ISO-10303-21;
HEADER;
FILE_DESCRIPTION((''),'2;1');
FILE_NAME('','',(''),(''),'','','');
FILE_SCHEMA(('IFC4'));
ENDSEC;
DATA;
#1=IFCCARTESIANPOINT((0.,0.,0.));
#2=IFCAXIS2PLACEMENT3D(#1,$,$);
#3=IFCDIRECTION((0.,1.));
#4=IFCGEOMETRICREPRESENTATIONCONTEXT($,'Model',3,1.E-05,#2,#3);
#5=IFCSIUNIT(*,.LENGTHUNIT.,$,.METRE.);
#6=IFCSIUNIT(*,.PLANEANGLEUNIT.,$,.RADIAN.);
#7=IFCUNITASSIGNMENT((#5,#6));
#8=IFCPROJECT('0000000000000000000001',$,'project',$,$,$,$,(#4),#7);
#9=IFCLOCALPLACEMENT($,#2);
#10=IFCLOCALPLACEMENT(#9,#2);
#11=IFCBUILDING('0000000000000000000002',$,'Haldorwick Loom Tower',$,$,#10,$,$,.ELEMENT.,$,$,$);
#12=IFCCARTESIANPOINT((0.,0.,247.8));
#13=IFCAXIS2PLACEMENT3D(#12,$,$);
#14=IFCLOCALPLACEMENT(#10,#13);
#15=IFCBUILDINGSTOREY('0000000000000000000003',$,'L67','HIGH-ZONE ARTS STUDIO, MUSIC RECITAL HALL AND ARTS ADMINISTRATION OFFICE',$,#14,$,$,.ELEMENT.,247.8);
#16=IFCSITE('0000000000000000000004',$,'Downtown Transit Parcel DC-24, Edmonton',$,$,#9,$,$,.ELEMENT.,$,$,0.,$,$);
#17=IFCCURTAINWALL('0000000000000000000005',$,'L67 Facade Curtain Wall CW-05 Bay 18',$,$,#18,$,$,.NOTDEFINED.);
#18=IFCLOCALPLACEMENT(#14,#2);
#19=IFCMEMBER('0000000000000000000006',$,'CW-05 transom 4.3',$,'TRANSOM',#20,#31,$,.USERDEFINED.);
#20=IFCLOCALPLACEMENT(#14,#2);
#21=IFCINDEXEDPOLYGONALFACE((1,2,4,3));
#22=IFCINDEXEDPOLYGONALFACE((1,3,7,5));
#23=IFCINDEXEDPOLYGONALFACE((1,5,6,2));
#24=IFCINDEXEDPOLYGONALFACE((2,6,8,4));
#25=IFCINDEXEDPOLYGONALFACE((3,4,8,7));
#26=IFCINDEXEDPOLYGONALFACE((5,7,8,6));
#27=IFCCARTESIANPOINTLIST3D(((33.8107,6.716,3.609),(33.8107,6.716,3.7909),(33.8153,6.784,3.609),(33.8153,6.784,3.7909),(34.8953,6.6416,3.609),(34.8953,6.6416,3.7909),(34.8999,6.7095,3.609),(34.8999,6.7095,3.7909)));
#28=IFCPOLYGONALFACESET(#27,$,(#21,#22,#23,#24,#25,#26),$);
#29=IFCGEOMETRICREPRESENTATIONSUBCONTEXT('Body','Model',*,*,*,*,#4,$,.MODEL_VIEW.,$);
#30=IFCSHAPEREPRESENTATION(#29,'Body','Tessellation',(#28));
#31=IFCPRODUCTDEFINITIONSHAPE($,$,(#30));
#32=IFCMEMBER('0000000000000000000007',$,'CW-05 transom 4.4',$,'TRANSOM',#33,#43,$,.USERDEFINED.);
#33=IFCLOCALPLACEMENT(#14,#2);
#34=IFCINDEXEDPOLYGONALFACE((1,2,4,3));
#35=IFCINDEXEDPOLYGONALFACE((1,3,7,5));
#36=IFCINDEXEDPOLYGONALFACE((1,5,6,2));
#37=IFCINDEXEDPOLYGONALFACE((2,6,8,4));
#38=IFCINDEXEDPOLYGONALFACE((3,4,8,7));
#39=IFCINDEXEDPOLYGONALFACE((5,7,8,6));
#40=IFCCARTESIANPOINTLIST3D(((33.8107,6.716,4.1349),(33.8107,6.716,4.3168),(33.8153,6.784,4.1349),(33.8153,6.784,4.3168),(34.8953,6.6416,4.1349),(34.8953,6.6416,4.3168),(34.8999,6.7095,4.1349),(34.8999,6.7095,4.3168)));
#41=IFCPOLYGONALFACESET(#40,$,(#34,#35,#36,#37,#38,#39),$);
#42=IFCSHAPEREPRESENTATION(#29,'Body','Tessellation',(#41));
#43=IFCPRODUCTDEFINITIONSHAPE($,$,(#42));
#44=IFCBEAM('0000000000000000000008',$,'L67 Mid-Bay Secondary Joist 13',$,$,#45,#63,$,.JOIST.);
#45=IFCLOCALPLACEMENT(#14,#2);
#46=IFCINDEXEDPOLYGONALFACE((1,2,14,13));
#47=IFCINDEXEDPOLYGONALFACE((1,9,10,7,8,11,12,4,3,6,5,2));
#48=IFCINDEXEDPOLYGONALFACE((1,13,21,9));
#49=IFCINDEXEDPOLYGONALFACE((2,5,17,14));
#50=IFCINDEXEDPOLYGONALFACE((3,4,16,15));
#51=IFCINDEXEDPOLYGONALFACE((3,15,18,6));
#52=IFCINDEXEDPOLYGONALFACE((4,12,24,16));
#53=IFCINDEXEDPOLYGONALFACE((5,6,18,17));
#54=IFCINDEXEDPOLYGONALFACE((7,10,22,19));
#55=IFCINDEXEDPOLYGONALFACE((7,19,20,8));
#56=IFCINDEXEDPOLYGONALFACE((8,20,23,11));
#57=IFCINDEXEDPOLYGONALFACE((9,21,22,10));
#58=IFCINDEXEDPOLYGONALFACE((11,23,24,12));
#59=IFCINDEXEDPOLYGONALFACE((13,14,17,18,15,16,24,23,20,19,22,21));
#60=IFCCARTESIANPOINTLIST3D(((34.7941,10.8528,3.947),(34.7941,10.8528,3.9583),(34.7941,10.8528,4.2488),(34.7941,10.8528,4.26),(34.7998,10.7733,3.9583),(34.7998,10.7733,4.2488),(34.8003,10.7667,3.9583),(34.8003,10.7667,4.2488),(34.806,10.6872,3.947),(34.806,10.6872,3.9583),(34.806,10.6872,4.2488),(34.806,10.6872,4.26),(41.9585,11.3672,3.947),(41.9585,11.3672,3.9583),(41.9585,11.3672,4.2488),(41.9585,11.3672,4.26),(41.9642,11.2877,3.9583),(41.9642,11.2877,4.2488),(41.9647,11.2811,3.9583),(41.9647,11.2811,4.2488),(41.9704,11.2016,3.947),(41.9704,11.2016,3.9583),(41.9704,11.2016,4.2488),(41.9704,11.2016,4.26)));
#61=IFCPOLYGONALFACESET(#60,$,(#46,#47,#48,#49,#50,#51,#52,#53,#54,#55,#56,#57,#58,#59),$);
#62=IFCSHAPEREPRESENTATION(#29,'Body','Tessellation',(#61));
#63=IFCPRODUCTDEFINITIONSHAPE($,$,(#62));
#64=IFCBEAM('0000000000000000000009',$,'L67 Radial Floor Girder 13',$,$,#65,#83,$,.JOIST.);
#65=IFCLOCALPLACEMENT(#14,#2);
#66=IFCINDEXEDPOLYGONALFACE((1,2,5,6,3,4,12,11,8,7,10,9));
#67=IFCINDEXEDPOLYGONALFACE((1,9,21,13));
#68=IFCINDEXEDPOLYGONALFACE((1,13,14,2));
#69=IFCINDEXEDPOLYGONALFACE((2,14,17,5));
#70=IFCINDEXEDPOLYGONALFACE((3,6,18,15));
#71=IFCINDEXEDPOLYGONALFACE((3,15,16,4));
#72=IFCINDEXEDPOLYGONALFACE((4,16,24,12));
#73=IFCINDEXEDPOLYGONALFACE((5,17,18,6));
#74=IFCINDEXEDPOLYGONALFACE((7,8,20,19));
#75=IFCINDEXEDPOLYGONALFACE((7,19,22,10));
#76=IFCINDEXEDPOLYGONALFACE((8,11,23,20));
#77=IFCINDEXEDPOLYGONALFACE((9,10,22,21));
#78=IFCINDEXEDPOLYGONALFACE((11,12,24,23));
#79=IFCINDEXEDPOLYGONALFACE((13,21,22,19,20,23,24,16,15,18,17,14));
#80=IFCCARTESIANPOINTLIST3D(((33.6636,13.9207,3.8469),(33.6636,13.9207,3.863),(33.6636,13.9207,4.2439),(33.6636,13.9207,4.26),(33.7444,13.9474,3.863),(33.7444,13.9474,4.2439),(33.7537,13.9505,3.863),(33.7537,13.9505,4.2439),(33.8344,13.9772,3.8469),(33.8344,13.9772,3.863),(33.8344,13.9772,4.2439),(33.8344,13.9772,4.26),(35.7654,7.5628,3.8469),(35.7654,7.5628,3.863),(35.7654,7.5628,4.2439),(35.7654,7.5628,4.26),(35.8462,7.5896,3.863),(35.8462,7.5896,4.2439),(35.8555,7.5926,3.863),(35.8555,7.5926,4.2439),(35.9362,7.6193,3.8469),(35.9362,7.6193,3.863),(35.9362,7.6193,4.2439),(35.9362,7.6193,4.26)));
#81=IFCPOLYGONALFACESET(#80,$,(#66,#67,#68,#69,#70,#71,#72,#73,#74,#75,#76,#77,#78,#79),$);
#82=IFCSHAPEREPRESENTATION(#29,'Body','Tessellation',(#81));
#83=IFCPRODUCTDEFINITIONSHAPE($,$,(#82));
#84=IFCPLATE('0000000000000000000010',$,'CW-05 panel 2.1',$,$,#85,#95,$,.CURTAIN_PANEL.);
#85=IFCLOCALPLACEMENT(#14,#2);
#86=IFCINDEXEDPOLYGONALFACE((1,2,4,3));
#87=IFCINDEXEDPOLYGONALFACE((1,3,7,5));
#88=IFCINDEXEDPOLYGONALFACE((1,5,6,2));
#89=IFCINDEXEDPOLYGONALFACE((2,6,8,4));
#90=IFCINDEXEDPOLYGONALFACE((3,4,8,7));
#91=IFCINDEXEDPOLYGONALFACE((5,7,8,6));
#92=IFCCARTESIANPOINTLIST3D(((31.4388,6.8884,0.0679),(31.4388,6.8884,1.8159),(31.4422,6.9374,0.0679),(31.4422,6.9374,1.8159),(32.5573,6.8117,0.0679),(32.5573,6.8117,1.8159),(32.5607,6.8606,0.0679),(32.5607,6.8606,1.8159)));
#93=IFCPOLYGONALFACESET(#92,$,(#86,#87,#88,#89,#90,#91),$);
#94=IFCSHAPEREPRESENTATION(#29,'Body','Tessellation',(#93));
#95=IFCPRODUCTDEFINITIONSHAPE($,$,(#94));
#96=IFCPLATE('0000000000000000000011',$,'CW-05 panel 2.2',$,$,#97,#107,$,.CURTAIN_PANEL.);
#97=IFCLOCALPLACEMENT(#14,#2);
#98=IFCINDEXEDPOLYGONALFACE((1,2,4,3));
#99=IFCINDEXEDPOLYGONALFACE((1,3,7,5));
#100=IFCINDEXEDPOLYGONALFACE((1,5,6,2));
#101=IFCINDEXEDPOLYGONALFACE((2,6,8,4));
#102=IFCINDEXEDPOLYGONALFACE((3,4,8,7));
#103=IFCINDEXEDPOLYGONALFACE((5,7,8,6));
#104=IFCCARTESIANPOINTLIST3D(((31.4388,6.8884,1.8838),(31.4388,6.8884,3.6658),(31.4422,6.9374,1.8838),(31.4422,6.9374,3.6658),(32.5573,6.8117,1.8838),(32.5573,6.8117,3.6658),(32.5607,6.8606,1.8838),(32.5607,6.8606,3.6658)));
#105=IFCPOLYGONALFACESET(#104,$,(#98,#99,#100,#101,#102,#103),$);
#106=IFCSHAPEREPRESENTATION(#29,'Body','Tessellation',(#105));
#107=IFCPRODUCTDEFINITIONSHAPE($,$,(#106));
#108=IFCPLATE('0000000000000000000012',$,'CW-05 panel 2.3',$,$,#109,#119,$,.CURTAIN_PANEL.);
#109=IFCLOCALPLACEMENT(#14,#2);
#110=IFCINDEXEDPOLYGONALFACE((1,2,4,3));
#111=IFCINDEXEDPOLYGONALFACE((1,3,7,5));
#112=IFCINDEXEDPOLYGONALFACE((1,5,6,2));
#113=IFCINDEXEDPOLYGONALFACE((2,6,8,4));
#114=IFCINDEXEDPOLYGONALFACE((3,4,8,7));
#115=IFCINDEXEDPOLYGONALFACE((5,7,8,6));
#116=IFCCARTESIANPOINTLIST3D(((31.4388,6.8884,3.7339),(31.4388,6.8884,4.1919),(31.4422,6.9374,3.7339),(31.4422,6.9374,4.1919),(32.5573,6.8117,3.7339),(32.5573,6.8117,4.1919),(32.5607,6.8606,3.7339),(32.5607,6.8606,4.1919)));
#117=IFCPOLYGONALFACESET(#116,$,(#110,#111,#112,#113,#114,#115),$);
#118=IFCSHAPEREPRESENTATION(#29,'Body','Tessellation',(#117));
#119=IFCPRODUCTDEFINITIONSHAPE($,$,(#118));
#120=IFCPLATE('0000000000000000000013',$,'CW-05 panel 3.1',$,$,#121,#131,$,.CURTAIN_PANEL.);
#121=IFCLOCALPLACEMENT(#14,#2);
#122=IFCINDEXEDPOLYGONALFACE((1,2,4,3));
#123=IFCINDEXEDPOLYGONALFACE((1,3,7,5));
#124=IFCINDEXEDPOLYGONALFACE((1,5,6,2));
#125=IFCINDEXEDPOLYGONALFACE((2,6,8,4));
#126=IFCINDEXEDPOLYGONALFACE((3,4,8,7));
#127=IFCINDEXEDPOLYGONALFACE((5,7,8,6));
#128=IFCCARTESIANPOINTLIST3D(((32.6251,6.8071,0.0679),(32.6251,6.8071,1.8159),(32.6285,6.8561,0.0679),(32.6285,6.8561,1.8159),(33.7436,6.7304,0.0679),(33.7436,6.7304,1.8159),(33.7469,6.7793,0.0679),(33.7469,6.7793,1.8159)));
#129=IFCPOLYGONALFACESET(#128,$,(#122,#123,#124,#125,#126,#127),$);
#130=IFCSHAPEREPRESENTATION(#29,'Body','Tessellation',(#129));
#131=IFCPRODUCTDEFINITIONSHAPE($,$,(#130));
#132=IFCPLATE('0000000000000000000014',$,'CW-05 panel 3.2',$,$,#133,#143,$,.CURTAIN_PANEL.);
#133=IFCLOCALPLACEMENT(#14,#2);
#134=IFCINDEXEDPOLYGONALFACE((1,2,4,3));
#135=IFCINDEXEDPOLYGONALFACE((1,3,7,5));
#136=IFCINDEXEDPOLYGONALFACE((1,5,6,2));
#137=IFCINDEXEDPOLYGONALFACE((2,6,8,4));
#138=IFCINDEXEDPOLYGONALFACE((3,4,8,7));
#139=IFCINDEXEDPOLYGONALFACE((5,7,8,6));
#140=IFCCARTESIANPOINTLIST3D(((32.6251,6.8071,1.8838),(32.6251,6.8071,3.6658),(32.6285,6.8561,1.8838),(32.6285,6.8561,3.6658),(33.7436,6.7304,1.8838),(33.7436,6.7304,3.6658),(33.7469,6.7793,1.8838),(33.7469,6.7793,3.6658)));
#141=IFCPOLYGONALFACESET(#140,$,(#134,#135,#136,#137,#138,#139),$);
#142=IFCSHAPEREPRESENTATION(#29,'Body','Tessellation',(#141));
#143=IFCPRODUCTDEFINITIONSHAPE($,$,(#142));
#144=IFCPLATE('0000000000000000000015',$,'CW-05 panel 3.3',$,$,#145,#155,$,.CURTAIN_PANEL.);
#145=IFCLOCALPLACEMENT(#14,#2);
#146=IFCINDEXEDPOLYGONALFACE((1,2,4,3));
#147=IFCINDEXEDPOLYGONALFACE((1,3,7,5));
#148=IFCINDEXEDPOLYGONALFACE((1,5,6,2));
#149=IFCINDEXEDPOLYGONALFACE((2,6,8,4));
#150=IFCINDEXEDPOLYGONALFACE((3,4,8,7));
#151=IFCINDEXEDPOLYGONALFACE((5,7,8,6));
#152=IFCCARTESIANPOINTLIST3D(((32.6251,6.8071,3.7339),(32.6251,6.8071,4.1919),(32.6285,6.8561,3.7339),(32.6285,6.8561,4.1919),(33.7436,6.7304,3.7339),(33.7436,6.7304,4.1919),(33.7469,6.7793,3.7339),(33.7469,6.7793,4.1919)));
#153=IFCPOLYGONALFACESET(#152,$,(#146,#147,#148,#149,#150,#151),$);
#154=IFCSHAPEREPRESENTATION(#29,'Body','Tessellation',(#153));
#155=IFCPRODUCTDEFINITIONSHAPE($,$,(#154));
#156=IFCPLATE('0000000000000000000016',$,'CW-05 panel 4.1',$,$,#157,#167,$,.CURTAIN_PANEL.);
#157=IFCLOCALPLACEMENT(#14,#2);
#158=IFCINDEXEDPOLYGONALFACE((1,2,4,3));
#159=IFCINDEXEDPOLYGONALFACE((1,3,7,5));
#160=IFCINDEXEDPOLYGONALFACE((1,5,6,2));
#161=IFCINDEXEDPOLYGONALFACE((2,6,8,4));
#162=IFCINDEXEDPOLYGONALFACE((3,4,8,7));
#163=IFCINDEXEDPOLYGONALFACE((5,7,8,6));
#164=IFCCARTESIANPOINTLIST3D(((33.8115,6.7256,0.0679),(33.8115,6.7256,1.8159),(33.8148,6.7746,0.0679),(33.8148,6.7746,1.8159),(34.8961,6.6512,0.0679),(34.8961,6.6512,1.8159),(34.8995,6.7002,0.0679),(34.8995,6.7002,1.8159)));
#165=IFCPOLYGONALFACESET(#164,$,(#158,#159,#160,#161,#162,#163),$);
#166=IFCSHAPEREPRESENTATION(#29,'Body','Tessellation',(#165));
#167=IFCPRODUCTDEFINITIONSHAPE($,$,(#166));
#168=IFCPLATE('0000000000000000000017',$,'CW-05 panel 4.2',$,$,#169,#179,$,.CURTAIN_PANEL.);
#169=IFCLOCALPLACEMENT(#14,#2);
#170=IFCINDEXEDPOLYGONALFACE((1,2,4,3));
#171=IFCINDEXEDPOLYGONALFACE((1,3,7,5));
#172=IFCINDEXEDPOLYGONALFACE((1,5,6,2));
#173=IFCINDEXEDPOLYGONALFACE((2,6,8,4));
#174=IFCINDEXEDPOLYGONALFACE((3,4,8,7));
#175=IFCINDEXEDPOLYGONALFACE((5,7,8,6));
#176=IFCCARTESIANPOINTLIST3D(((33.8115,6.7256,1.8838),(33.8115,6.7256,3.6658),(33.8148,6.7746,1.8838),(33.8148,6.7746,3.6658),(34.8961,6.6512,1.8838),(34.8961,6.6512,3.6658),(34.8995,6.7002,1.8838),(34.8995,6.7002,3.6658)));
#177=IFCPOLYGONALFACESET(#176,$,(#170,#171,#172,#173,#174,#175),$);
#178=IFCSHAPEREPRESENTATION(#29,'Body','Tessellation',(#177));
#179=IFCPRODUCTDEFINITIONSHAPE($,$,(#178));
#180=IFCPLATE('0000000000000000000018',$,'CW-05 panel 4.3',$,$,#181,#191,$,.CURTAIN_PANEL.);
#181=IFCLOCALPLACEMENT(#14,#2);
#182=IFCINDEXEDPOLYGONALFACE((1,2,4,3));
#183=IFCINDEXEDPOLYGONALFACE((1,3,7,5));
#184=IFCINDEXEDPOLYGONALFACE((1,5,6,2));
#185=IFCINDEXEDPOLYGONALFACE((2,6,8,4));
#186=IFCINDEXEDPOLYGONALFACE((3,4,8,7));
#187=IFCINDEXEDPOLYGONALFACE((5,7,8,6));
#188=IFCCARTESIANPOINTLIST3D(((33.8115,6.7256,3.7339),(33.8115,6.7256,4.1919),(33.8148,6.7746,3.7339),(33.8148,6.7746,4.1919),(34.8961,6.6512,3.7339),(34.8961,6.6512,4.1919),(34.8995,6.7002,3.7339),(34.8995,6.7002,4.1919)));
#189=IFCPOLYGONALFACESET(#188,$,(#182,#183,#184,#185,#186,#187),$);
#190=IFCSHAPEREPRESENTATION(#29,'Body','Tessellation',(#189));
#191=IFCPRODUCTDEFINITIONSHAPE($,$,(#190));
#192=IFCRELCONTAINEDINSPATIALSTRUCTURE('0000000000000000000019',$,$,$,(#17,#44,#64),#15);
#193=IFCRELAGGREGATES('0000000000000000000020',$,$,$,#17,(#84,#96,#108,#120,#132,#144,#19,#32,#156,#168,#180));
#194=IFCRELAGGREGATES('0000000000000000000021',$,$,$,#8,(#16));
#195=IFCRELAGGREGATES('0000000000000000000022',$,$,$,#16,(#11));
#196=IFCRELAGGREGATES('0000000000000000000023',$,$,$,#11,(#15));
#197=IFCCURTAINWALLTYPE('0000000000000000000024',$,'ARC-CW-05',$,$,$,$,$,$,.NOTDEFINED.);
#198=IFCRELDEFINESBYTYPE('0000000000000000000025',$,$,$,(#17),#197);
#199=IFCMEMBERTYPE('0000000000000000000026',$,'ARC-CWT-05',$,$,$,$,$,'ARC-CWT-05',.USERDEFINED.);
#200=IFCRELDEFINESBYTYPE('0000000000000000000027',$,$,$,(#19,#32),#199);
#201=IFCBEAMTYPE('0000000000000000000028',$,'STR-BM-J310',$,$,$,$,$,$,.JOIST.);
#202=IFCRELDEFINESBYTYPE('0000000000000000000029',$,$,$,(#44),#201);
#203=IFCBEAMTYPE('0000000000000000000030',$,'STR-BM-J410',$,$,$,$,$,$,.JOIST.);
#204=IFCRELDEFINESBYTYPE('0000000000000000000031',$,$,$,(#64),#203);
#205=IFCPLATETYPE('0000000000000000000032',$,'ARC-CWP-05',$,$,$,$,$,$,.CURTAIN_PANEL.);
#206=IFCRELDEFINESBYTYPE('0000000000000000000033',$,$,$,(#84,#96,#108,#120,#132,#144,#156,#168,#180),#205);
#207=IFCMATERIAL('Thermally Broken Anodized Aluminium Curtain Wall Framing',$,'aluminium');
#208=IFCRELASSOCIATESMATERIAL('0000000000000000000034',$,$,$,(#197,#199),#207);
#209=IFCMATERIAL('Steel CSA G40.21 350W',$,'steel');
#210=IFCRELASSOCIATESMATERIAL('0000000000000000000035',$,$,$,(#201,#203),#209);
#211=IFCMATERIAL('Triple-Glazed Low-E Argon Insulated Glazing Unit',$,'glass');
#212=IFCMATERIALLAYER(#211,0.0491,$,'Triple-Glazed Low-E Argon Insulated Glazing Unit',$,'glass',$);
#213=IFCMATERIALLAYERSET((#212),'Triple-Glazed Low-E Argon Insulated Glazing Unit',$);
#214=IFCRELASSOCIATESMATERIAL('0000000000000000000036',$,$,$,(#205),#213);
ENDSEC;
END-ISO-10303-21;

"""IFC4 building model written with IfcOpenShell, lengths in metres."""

from ifc_helpers import new_model, si_unit, direction, frame, origin, origin_2d, place, context, subcontext, project, spatial, rectangle, i_section, extrude, material, layer, layer_set, material_profile, profile_set, type_object, element, aggregate, save


model = new_model("IFC4")

# Units and contexts
model_context = context("Model", 3, precision=1e-05, world=origin(), true_north=direction((0.0, 1.0)))
body_context = subcontext(model_context, "Body", "Model", "MODEL_VIEW")
ifc_project = project(units=[si_unit("LENGTHUNIT", "METRE"), si_unit("PLANEANGLEUNIT", "RADIAN")], contexts=[model_context])

# Site, building, storey
site_placement = place(None, origin())
site = spatial("IfcSite", under=ifc_project, at=site_placement, Name="Downtown Transit Parcel DC-24, Edmonton", CompositionType="ELEMENT", RefElevation=0.0)
building_placement = place(site_placement, origin())
building = spatial("IfcBuilding", under=site, at=building_placement, Name="Haldorwick Loom Tower", CompositionType="ELEMENT")
storey_placement = place(building_placement, frame((0.0, 0.0, 247.8)))
storey = spatial("IfcBuildingStorey", under=building, at=storey_placement, Name="L67", Description="HIGH-ZONE ARTS STUDIO, MUSIC RECITAL HALL AND ARTS ADMINISTRATION OFFICE", CompositionType="ELEMENT", Elevation=247.8)

# Curtain wall, members
ifc_material_1 = material(Name="Thermally Broken Anodized Aluminium Curtain Wall Framing", Category="aluminium")
curtain_wall_type = type_object("IfcCurtainWallType", Name="ARC-CW-05", PredefinedType="NOTDEFINED", material=ifc_material_1)
curtain_wall_placement = place(storey_placement, origin())
curtain_wall = element("IfcCurtainWall", 1, at=curtain_wall_placement, inside=storey, type_object=curtain_wall_type, Name="L67 Facade Curtain Wall CW-05 Bay 18", PredefinedType="NOTDEFINED")
ifc_material_profile_1 = material_profile(ifc_material_1, rectangle(XDim=0.0681, YDim=0.1819, at=origin_2d()), Name="ALU_TRN_68X182", Category="aluminium")
ifc_profile_set_1 = profile_set([ifc_material_profile_1], Name="Thermally Broken Anodized Aluminium Curtain Wall Framing")
member_type_1 = type_object("IfcMemberType", Name="ARC-CWT-05", ElementType="ARC-CWT-05", PredefinedType="USERDEFINED", material=ifc_profile_set_1)
member_1_placement = place(storey_placement, frame((33.813, 6.75, 3.7), z_axis=(0.997652, -0.068486, 0.0), x_axis=(0.068486, 0.997652, 0.0)))
member_1 = element("IfcMember", 2, at=member_1_placement, type_object=member_type_1, Name="CW-05 transom 4.3", ObjectType="TRANSOM", PredefinedType="USERDEFINED", context=body_context, shape_type="SweptSolid", body=[
    extrude(rectangle(XDim=0.0681, YDim=0.1819, at=origin_2d()), origin(), (0.0, 0.0, 1.0), 1.0872),
])
member_2_placement = place(storey_placement, frame((33.813, 6.75, 4.2258), z_axis=(0.997652, -0.068486, 0.0), x_axis=(0.068486, 0.997652, 0.0)))
member_2 = element("IfcMember", 3, at=member_2_placement, type_object=member_type_1, Name="CW-05 transom 4.4", ObjectType="TRANSOM", PredefinedType="USERDEFINED", context=body_context, shape_type="SweptSolid", body=[
    extrude(rectangle(XDim=0.0681, YDim=0.1819, at=origin_2d()), origin(), (0.0, 0.0, 1.0), 1.0872),
])

# Beams
ifc_material_2 = material(Name="Steel CSA G40.21 350W", Category="steel")
ifc_material_profile_2 = material_profile(ifc_material_2, i_section(OverallWidth=0.166, OverallDepth=0.313, WebThickness=0.0066, FlangeThickness=0.0112, at=origin_2d()), Name="W310X45", Category="steel")
ifc_profile_set_2 = profile_set([ifc_material_profile_2], Name="Steel CSA G40.21 350W")
beam_type_1 = type_object("IfcBeamType", Name="STR-BM-J310", PredefinedType="JOIST", material=ifc_profile_set_2)
beam_1_placement = place(storey_placement, frame((34.8, 10.77, 4.1035), z_axis=(0.997432, 0.071617, 0.0), x_axis=(-0.071617, 0.997432, 0.0)))
element("IfcBeam", 4, at=beam_1_placement, inside=storey, type_object=beam_type_1, Name="L67 Mid-Bay Secondary Joist 13", PredefinedType="JOIST", context=body_context, shape_type="SweptSolid", body=[
    extrude(i_section(OverallWidth=0.166, OverallDepth=0.313, WebThickness=0.0066, FlangeThickness=0.0112, at=origin_2d()), origin(), (0.0, 0.0, 1.0), 7.1829),
])
ifc_material_profile_3 = material_profile(ifc_material_2, i_section(OverallWidth=0.1799, OverallDepth=0.4131, WebThickness=0.0098, FlangeThickness=0.0161, at=origin_2d()), Name="W410X74", Category="steel")
ifc_profile_set_3 = profile_set([ifc_material_profile_3], Name="Steel CSA G40.21 350W")
beam_type_2 = type_object("IfcBeamType", Name="STR-BM-J410", PredefinedType="JOIST", material=ifc_profile_set_3)
beam_2_placement = place(storey_placement, frame((33.749, 13.949, 4.0535), z_axis=(0.313875, -0.949464, 0.0), x_axis=(0.949464, 0.313875, 0.0)))
element("IfcBeam", 5, at=beam_2_placement, inside=storey, type_object=beam_type_2, Name="L67 Radial Floor Girder 13", PredefinedType="JOIST", context=body_context, shape_type="SweptSolid", body=[
    extrude(i_section(OverallWidth=0.1799, OverallDepth=0.4131, WebThickness=0.0098, FlangeThickness=0.0161, at=origin_2d()), origin(), (0.0, 0.0, 1.0), 6.6963),
])

# Plates
ifc_material_3 = material(Name="Triple-Glazed Low-E Argon Insulated Glazing Unit", Category="glass")
ifc_layer_1 = layer(ifc_material_3, 0.0491, Name="Triple-Glazed Low-E Argon Insulated Glazing Unit", Category="glass")
ifc_layer_set_1 = layer_set([ifc_layer_1], Name="Triple-Glazed Low-E Argon Insulated Glazing Unit")
plate_type = type_object("IfcPlateType", Name="ARC-CWP-05", PredefinedType="CURTAIN_PANEL", material=ifc_layer_set_1)
plate_1_placement = place(storey_placement, frame((31.9998, 6.8745, 0.0679), z_axis=(0.0, 0.0, 1.0), x_axis=(0.997654, -0.068454, 0.0)))
plate_1 = element("IfcPlate", 6, at=plate_1_placement, type_object=plate_type, Name="CW-05 panel 2.1", PredefinedType="CURTAIN_PANEL", context=body_context, shape_type="SweptSolid", body=[
    extrude(rectangle(XDim=1.1211, YDim=0.0491, at=origin_2d()), origin(), (0.0, 0.0, 1.0), 1.748),
])
plate_2_placement = place(storey_placement, frame((31.9998, 6.8745, 1.8838), z_axis=(0.0, 0.0, 1.0), x_axis=(0.997654, -0.068454, 0.0)))
plate_2 = element("IfcPlate", 7, at=plate_2_placement, type_object=plate_type, Name="CW-05 panel 2.2", PredefinedType="CURTAIN_PANEL", context=body_context, shape_type="SweptSolid", body=[
    extrude(rectangle(XDim=1.1211, YDim=0.0491, at=origin_2d()), origin(), (0.0, 0.0, 1.0), 1.782),
])
plate_3_placement = place(storey_placement, frame((31.9998, 6.8745, 3.7339), z_axis=(0.0, 0.0, 1.0), x_axis=(0.997654, -0.068454, 0.0)))
plate_3 = element("IfcPlate", 8, at=plate_3_placement, type_object=plate_type, Name="CW-05 panel 2.3", PredefinedType="CURTAIN_PANEL", context=body_context, shape_type="SweptSolid", body=[
    extrude(rectangle(XDim=1.1211, YDim=0.0491, at=origin_2d()), origin(), (0.0, 0.0, 1.0), 0.458),
])
plate_4_placement = place(storey_placement, frame((33.186, 6.7932, 0.0679), z_axis=(0.0, 0.0, 1.0), x_axis=(0.997654, -0.068454, 0.0)))
plate_4 = element("IfcPlate", 9, at=plate_4_placement, type_object=plate_type, Name="CW-05 panel 3.1", PredefinedType="CURTAIN_PANEL", context=body_context, shape_type="SweptSolid", body=[
    extrude(rectangle(XDim=1.1211, YDim=0.0491, at=origin_2d()), origin(), (0.0, 0.0, 1.0), 1.748),
])
plate_5_placement = place(storey_placement, frame((33.186, 6.7932, 1.8838), z_axis=(0.0, 0.0, 1.0), x_axis=(0.997654, -0.068454, 0.0)))
plate_5 = element("IfcPlate", 10, at=plate_5_placement, type_object=plate_type, Name="CW-05 panel 3.2", PredefinedType="CURTAIN_PANEL", context=body_context, shape_type="SweptSolid", body=[
    extrude(rectangle(XDim=1.1211, YDim=0.0491, at=origin_2d()), origin(), (0.0, 0.0, 1.0), 1.782),
])
plate_6_placement = place(storey_placement, frame((33.186, 6.7932, 3.7339), z_axis=(0.0, 0.0, 1.0), x_axis=(0.997654, -0.068454, 0.0)))
plate_6 = element("IfcPlate", 11, at=plate_6_placement, type_object=plate_type, Name="CW-05 panel 3.3", PredefinedType="CURTAIN_PANEL", context=body_context, shape_type="SweptSolid", body=[
    extrude(rectangle(XDim=1.1211, YDim=0.0491, at=origin_2d()), origin(), (0.0, 0.0, 1.0), 0.458),
])
plate_7_placement = place(storey_placement, frame((34.3555, 6.7129, 0.0679), z_axis=(0.0, 0.0, 1.0), x_axis=(0.997654, -0.068454, 0.0)))
plate_7 = element("IfcPlate", 12, at=plate_7_placement, type_object=plate_type, Name="CW-05 panel 4.1", PredefinedType="CURTAIN_PANEL", context=body_context, shape_type="SweptSolid", body=[
    extrude(rectangle(XDim=1.0872, YDim=0.0491, at=origin_2d()), origin(), (0.0, 0.0, 1.0), 1.748),
])
plate_8_placement = place(storey_placement, frame((34.3555, 6.7129, 1.8838), z_axis=(0.0, 0.0, 1.0), x_axis=(0.997654, -0.068454, 0.0)))
plate_8 = element("IfcPlate", 13, at=plate_8_placement, type_object=plate_type, Name="CW-05 panel 4.2", PredefinedType="CURTAIN_PANEL", context=body_context, shape_type="SweptSolid", body=[
    extrude(rectangle(XDim=1.0872, YDim=0.0491, at=origin_2d()), origin(), (0.0, 0.0, 1.0), 1.782),
])
plate_9_placement = place(storey_placement, frame((34.3555, 6.7129, 3.7339), z_axis=(0.0, 0.0, 1.0), x_axis=(0.997654, -0.068454, 0.0)))
plate_9 = element("IfcPlate", 14, at=plate_9_placement, type_object=plate_type, Name="CW-05 panel 4.3", PredefinedType="CURTAIN_PANEL", context=body_context, shape_type="SweptSolid", body=[
    extrude(rectangle(XDim=1.0872, YDim=0.0491, at=origin_2d()), origin(), (0.0, 0.0, 1.0), 0.458),
])
aggregate(curtain_wall, [plate_1, plate_2, plate_3, plate_4, plate_5, plate_6, member_1, member_2, plate_7, plate_8, plate_9])

save(model, "model.ifc")
